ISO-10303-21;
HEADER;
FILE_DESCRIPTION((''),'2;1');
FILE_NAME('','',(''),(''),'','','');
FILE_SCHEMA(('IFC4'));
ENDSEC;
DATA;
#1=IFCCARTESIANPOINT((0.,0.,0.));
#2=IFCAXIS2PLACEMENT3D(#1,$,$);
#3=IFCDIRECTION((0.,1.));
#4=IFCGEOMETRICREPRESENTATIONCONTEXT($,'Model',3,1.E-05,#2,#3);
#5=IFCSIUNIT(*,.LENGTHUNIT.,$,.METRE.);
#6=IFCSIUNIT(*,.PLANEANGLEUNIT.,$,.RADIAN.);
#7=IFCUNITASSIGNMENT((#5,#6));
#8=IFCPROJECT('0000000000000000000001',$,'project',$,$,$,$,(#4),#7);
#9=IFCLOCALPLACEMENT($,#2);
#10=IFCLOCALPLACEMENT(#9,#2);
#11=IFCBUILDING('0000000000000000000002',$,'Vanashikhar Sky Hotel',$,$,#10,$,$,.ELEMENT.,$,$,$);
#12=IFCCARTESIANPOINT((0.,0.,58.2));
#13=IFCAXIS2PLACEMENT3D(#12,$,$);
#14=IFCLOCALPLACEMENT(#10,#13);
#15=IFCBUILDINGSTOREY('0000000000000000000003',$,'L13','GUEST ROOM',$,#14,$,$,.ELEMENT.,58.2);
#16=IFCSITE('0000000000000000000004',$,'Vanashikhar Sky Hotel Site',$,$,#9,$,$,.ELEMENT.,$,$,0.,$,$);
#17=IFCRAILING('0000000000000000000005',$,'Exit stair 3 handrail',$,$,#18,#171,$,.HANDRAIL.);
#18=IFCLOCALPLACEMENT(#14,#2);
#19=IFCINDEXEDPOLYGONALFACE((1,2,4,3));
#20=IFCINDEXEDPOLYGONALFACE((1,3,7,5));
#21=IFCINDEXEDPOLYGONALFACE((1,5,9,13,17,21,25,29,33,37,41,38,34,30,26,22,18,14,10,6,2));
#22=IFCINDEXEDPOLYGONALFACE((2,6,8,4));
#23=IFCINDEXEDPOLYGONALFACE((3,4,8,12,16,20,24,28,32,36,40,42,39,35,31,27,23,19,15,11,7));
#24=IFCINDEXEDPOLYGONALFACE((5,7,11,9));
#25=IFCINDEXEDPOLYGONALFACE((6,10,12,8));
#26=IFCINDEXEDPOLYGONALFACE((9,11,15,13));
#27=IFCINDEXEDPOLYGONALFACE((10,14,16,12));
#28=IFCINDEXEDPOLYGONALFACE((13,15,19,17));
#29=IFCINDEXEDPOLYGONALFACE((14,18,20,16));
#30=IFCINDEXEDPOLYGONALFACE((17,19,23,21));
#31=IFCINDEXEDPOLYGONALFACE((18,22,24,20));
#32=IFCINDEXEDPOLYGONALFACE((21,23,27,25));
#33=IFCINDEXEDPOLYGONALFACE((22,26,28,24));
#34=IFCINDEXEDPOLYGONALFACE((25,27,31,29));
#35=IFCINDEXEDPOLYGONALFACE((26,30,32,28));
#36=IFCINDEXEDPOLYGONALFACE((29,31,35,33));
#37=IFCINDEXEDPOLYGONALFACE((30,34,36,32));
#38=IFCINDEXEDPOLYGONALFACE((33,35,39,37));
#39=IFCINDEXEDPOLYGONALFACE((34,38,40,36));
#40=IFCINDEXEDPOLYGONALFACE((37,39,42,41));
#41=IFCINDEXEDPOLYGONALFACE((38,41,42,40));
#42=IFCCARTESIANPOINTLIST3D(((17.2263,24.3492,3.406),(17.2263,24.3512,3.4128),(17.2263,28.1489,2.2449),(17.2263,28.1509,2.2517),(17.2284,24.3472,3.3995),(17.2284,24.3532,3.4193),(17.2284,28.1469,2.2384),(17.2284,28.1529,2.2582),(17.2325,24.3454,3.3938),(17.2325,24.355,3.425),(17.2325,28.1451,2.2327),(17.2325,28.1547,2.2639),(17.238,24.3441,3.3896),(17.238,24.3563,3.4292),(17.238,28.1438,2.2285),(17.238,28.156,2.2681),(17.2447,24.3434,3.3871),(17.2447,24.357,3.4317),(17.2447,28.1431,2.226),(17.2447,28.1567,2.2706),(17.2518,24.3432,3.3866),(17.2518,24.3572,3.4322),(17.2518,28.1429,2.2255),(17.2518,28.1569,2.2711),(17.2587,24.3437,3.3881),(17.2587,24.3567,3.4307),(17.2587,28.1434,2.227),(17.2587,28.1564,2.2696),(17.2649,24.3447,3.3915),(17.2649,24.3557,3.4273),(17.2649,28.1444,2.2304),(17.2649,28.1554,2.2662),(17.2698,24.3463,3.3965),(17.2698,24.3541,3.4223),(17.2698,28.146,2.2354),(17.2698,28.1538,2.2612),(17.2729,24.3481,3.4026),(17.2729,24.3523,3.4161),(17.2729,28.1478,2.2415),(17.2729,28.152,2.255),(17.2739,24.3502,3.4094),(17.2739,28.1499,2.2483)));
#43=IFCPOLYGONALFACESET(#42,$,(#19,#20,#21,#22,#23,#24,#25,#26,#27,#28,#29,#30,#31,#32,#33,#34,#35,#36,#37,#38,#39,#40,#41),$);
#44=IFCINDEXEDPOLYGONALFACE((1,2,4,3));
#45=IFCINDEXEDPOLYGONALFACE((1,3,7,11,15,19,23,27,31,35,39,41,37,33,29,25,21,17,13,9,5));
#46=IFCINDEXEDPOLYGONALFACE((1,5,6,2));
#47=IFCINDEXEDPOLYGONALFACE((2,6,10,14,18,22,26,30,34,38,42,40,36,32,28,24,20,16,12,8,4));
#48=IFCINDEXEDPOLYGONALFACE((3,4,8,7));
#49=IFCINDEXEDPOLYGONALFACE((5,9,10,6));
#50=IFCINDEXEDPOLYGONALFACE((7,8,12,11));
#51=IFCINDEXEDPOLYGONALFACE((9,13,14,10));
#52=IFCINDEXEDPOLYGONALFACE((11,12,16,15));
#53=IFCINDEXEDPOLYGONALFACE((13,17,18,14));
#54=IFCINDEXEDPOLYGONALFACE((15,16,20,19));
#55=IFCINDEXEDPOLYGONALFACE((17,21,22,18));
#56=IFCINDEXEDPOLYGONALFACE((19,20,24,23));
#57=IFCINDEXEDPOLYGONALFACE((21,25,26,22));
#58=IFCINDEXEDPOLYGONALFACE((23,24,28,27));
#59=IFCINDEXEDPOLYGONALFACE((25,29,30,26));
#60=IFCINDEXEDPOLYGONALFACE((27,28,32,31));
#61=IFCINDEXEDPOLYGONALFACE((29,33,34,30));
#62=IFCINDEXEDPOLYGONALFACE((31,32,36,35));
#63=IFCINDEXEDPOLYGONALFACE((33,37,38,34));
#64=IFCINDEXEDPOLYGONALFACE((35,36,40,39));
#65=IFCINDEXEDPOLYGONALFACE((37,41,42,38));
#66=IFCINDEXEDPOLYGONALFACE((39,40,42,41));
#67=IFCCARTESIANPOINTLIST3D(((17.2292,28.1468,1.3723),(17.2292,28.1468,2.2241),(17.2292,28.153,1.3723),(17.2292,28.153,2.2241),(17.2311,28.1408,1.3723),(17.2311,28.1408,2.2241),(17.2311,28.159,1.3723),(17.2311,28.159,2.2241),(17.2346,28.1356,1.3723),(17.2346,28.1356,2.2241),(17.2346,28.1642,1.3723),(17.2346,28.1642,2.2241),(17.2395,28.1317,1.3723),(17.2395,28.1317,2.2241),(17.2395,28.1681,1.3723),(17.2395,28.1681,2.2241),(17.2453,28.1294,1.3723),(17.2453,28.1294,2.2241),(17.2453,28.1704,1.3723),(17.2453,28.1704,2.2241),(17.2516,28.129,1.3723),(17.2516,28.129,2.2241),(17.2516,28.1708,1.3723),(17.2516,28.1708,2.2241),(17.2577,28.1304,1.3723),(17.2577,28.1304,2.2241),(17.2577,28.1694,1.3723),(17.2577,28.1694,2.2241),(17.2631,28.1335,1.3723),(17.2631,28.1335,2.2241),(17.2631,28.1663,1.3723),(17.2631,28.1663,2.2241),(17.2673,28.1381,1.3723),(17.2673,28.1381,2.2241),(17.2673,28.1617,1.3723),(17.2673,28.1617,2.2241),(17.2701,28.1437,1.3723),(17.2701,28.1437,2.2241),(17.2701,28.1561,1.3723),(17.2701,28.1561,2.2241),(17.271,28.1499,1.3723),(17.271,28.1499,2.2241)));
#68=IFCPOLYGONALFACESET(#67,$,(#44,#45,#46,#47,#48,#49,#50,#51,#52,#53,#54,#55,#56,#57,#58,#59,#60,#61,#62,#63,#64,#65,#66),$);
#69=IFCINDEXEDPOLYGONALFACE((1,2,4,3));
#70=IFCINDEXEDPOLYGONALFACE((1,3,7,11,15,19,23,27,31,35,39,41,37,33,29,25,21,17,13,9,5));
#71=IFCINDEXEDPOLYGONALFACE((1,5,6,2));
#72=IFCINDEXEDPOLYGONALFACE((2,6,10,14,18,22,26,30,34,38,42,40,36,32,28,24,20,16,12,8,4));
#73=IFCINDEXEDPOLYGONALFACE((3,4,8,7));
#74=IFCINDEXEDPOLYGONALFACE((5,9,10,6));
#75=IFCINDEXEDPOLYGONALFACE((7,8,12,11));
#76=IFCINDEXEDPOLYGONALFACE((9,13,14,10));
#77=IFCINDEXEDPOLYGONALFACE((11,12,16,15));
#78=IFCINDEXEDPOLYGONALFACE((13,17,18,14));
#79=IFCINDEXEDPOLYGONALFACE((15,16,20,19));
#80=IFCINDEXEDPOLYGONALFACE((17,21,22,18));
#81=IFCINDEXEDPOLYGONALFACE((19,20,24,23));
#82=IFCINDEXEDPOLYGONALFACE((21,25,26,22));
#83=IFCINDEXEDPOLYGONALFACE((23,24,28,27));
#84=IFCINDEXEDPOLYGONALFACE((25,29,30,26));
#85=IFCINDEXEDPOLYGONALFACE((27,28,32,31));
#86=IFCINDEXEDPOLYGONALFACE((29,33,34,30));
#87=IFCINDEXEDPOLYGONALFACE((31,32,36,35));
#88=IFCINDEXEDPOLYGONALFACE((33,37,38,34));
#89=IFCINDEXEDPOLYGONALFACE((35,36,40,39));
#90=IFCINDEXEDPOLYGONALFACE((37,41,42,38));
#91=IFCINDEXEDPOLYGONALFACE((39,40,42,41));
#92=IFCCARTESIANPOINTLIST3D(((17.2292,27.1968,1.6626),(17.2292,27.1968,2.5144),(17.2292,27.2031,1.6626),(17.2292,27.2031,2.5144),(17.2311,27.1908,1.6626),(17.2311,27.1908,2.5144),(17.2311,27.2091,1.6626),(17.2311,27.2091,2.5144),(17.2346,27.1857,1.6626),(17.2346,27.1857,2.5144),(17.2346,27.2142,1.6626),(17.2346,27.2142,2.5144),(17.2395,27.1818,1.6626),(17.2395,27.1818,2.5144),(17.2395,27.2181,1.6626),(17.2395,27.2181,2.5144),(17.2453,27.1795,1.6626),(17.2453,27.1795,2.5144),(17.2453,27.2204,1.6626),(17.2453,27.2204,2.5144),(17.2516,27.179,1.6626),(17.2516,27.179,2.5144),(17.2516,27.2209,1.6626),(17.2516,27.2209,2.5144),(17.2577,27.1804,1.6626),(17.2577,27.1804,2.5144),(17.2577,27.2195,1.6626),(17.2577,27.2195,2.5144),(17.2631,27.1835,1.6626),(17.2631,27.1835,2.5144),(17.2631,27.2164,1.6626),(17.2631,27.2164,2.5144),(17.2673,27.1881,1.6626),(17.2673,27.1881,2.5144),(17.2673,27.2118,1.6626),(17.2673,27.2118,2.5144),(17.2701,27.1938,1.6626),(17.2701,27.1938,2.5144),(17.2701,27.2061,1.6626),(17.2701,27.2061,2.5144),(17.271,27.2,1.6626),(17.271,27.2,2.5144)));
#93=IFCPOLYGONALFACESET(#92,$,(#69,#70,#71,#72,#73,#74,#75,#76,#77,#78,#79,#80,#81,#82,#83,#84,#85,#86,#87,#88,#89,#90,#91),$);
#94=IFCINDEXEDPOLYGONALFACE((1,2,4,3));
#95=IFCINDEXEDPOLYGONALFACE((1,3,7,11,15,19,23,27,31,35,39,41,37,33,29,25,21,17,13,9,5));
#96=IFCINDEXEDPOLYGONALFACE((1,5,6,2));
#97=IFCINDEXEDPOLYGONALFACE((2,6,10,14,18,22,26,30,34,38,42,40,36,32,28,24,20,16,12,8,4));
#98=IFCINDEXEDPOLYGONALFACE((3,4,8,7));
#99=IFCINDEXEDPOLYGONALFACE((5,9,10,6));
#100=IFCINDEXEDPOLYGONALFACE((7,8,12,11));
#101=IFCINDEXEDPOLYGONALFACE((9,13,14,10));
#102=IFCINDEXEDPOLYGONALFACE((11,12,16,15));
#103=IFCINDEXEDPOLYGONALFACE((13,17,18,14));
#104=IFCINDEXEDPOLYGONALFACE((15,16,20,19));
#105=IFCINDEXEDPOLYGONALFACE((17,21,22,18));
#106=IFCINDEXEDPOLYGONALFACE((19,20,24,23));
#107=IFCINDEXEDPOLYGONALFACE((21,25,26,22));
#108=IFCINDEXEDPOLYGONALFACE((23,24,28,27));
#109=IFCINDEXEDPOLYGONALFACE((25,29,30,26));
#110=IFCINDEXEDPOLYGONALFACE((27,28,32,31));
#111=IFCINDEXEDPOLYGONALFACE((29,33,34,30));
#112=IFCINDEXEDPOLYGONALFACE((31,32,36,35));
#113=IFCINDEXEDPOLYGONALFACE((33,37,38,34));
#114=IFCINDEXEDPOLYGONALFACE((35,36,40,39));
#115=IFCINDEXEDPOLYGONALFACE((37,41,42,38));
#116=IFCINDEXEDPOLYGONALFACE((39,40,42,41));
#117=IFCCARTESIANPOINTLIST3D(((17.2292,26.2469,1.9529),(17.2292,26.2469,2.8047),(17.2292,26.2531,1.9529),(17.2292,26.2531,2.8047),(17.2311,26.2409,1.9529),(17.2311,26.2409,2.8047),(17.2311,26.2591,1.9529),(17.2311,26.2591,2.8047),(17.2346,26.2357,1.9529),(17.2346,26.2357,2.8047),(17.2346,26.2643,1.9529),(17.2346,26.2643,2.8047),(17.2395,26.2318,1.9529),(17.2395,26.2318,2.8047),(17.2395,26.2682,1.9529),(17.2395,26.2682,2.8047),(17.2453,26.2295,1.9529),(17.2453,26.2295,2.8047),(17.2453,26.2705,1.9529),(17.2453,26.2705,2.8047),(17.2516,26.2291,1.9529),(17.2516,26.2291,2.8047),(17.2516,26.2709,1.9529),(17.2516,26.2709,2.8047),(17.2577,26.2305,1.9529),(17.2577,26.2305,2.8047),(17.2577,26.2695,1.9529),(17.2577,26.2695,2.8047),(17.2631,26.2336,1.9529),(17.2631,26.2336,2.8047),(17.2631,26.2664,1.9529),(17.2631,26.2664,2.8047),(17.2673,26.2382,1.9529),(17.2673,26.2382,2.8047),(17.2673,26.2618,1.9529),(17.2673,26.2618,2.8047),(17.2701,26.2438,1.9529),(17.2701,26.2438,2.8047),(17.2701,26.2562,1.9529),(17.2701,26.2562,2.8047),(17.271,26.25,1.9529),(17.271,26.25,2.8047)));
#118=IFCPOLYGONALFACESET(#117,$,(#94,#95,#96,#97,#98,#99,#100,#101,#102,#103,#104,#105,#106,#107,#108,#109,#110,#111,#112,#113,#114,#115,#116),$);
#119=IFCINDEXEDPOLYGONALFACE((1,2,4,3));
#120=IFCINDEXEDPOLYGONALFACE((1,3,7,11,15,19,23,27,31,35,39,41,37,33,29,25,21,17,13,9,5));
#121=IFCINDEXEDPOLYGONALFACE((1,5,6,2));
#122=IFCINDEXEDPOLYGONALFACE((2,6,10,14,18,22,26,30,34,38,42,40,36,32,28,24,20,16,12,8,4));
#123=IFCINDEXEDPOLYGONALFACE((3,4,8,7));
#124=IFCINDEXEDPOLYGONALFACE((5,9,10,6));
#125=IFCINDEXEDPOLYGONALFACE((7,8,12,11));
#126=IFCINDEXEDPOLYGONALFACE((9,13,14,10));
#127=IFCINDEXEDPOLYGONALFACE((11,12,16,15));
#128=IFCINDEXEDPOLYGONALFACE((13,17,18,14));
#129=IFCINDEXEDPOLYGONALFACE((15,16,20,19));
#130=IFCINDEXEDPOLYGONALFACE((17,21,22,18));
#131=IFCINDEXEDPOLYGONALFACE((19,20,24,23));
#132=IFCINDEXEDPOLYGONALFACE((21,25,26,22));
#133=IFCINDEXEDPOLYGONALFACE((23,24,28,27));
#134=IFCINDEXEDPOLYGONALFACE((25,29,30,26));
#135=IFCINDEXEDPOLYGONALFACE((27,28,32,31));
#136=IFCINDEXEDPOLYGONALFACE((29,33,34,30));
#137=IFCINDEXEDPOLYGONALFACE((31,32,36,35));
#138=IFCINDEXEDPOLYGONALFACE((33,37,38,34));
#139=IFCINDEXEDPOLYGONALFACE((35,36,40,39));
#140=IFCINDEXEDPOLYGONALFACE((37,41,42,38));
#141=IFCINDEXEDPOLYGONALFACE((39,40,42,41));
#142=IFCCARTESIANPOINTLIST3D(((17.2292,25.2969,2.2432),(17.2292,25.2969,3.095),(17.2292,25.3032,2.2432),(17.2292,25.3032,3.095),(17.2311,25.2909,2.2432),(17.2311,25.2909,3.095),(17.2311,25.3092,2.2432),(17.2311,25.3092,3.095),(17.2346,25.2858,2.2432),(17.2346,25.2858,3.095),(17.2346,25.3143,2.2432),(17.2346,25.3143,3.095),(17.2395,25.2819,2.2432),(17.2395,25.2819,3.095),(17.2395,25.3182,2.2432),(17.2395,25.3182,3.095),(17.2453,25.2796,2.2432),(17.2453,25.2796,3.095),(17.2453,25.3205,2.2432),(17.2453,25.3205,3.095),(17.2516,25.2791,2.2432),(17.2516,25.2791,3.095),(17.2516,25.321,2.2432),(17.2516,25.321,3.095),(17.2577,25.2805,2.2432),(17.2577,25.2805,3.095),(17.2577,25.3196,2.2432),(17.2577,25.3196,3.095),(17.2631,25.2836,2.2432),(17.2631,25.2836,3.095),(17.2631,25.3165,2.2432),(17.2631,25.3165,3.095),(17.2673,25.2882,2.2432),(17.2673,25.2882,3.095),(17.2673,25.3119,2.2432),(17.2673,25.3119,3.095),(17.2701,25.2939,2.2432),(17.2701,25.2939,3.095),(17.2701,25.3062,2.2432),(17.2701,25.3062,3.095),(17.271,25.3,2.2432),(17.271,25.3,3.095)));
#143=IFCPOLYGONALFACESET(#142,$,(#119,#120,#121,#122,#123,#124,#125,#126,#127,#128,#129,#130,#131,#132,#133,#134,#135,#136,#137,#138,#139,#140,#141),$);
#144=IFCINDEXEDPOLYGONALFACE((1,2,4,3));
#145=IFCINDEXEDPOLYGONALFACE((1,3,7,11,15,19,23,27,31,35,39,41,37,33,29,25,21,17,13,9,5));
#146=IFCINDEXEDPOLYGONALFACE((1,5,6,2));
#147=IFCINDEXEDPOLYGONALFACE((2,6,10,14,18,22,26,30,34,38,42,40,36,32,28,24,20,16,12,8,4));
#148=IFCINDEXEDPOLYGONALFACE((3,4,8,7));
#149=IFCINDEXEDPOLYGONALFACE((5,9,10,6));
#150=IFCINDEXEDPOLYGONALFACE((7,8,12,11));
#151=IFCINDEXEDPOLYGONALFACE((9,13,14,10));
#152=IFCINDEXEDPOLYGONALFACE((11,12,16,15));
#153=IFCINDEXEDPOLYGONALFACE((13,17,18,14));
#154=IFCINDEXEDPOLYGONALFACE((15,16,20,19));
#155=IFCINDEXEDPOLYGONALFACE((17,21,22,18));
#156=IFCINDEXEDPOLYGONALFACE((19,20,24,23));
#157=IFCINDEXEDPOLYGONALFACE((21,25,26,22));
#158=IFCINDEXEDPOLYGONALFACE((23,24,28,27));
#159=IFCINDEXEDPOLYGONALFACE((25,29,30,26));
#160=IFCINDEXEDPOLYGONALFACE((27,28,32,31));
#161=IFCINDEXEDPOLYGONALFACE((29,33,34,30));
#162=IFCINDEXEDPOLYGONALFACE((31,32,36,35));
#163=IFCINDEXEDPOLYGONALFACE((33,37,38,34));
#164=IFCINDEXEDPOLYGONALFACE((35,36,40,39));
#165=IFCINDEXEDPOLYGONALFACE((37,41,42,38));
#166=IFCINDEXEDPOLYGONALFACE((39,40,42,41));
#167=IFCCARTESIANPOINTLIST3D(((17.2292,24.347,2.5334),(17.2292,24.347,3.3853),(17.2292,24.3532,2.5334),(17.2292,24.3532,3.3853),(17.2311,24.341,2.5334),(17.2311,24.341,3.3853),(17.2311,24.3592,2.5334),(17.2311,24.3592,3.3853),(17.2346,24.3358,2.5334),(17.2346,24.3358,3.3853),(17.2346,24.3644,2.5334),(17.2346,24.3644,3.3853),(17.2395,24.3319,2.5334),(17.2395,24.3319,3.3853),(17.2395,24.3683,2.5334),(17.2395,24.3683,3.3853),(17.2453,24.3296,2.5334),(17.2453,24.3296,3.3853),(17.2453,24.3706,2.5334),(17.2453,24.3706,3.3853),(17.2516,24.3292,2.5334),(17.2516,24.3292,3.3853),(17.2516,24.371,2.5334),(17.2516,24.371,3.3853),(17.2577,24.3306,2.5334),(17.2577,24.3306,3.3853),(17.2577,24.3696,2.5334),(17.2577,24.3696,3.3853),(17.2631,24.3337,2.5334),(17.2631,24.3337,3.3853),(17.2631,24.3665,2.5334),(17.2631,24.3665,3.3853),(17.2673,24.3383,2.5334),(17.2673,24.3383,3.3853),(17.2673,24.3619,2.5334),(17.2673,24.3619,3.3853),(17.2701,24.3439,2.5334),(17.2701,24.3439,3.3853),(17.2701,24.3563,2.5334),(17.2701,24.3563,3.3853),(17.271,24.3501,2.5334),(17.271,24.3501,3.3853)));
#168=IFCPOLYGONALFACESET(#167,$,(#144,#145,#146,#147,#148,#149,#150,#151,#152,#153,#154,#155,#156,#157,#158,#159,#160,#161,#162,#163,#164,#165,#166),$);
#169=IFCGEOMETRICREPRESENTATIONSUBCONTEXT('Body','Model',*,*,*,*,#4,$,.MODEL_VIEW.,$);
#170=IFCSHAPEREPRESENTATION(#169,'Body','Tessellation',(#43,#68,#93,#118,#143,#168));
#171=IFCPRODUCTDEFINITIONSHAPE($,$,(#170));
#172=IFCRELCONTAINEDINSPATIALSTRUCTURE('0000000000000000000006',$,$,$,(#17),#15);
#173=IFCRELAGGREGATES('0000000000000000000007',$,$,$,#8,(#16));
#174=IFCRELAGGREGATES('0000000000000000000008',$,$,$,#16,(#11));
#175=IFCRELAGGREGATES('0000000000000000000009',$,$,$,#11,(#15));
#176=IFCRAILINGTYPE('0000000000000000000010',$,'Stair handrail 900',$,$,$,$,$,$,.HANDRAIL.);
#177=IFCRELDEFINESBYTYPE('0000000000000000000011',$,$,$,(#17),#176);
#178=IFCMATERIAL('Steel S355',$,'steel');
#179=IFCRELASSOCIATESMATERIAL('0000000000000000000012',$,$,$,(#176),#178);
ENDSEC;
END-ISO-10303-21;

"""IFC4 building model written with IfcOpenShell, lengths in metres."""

from ifc_helpers import new_model, si_unit, direction, frame, origin, origin_2d, place, context, subcontext, project, spatial, circle, extrude, source, transform, mapped, material, type_object, element, save


model = new_model("IFC4")

# Units and contexts
model_context = context("Model", 3, precision=1e-05, world=origin(), true_north=direction((0.0, 1.0)))
body_context = subcontext(model_context, "Body", "Model", "MODEL_VIEW")
ifc_project = project(units=[si_unit("LENGTHUNIT", "METRE"), si_unit("PLANEANGLEUNIT", "RADIAN")], contexts=[model_context])

# Site, building, storey
site_placement = place(None, origin())
site = spatial("IfcSite", under=ifc_project, at=site_placement, Name="Vanashikhar Sky Hotel Site", CompositionType="ELEMENT", RefElevation=0.0)
building_placement = place(site_placement, origin())
building = spatial("IfcBuilding", under=site, at=building_placement, Name="Vanashikhar Sky Hotel", CompositionType="ELEMENT")
storey_placement = place(building_placement, frame((0.0, 0.0, 58.2)))
storey = spatial("IfcBuildingStorey", under=building, at=storey_placement, Name="L13", Description="GUEST ROOM", CompositionType="ELEMENT", Elevation=58.2)

# Railing
ifc_material_1 = material(Name="Steel S355", Category="steel")
railing_type_1 = type_object("IfcRailingType", Name="Stair handrail 900", PredefinedType="HANDRAIL", material=ifc_material_1)
shared_shape_1 = source(origin(), body_context, "Body", "SweptSolid", [
    extrude(circle(Radius=0.0239, at=origin_2d()), frame((0.0, 0.0, 0.876), z_axis=(0.0, -0.956346, 0.292237), x_axis=(1.0, 0.0, 0.0)), (0.0, 0.0, 1.0), 3.9731),
    extrude(circle(Radius=0.021, at=origin_2d()), origin(), (0.0, 0.0, 1.0), 0.8518),
    extrude(circle(Radius=0.021, at=origin_2d()), frame((0.0, -0.95, 0.2903)), (0.0, 0.0, 1.0), 0.8518),
    extrude(circle(Radius=0.021, at=origin_2d()), frame((0.0, -1.8999, 0.5806)), (0.0, 0.0, 1.0), 0.8518),
    extrude(circle(Radius=0.021, at=origin_2d()), frame((0.0, -2.8499, 0.8708)), (0.0, 0.0, 1.0), 0.8518),
    extrude(circle(Radius=0.021, at=origin_2d()), frame((0.0, -3.7998, 1.1611)), (0.0, 0.0, 1.0), 0.8518),
])
railing_1_placement = place(storey_placement, frame((17.25, 28.1499, 1.3723)))
element("IfcRailing", 1, at=railing_1_placement, inside=storey, type_object=railing_type_1, Name="Exit stair 3 handrail", PredefinedType="HANDRAIL", context=body_context, shape_type="MappedRepresentation", body=[
    mapped(shared_shape_1, transform((0.0, 0.0, 0.0), scale=1.0)),
])

save(model, "model.ifc")
